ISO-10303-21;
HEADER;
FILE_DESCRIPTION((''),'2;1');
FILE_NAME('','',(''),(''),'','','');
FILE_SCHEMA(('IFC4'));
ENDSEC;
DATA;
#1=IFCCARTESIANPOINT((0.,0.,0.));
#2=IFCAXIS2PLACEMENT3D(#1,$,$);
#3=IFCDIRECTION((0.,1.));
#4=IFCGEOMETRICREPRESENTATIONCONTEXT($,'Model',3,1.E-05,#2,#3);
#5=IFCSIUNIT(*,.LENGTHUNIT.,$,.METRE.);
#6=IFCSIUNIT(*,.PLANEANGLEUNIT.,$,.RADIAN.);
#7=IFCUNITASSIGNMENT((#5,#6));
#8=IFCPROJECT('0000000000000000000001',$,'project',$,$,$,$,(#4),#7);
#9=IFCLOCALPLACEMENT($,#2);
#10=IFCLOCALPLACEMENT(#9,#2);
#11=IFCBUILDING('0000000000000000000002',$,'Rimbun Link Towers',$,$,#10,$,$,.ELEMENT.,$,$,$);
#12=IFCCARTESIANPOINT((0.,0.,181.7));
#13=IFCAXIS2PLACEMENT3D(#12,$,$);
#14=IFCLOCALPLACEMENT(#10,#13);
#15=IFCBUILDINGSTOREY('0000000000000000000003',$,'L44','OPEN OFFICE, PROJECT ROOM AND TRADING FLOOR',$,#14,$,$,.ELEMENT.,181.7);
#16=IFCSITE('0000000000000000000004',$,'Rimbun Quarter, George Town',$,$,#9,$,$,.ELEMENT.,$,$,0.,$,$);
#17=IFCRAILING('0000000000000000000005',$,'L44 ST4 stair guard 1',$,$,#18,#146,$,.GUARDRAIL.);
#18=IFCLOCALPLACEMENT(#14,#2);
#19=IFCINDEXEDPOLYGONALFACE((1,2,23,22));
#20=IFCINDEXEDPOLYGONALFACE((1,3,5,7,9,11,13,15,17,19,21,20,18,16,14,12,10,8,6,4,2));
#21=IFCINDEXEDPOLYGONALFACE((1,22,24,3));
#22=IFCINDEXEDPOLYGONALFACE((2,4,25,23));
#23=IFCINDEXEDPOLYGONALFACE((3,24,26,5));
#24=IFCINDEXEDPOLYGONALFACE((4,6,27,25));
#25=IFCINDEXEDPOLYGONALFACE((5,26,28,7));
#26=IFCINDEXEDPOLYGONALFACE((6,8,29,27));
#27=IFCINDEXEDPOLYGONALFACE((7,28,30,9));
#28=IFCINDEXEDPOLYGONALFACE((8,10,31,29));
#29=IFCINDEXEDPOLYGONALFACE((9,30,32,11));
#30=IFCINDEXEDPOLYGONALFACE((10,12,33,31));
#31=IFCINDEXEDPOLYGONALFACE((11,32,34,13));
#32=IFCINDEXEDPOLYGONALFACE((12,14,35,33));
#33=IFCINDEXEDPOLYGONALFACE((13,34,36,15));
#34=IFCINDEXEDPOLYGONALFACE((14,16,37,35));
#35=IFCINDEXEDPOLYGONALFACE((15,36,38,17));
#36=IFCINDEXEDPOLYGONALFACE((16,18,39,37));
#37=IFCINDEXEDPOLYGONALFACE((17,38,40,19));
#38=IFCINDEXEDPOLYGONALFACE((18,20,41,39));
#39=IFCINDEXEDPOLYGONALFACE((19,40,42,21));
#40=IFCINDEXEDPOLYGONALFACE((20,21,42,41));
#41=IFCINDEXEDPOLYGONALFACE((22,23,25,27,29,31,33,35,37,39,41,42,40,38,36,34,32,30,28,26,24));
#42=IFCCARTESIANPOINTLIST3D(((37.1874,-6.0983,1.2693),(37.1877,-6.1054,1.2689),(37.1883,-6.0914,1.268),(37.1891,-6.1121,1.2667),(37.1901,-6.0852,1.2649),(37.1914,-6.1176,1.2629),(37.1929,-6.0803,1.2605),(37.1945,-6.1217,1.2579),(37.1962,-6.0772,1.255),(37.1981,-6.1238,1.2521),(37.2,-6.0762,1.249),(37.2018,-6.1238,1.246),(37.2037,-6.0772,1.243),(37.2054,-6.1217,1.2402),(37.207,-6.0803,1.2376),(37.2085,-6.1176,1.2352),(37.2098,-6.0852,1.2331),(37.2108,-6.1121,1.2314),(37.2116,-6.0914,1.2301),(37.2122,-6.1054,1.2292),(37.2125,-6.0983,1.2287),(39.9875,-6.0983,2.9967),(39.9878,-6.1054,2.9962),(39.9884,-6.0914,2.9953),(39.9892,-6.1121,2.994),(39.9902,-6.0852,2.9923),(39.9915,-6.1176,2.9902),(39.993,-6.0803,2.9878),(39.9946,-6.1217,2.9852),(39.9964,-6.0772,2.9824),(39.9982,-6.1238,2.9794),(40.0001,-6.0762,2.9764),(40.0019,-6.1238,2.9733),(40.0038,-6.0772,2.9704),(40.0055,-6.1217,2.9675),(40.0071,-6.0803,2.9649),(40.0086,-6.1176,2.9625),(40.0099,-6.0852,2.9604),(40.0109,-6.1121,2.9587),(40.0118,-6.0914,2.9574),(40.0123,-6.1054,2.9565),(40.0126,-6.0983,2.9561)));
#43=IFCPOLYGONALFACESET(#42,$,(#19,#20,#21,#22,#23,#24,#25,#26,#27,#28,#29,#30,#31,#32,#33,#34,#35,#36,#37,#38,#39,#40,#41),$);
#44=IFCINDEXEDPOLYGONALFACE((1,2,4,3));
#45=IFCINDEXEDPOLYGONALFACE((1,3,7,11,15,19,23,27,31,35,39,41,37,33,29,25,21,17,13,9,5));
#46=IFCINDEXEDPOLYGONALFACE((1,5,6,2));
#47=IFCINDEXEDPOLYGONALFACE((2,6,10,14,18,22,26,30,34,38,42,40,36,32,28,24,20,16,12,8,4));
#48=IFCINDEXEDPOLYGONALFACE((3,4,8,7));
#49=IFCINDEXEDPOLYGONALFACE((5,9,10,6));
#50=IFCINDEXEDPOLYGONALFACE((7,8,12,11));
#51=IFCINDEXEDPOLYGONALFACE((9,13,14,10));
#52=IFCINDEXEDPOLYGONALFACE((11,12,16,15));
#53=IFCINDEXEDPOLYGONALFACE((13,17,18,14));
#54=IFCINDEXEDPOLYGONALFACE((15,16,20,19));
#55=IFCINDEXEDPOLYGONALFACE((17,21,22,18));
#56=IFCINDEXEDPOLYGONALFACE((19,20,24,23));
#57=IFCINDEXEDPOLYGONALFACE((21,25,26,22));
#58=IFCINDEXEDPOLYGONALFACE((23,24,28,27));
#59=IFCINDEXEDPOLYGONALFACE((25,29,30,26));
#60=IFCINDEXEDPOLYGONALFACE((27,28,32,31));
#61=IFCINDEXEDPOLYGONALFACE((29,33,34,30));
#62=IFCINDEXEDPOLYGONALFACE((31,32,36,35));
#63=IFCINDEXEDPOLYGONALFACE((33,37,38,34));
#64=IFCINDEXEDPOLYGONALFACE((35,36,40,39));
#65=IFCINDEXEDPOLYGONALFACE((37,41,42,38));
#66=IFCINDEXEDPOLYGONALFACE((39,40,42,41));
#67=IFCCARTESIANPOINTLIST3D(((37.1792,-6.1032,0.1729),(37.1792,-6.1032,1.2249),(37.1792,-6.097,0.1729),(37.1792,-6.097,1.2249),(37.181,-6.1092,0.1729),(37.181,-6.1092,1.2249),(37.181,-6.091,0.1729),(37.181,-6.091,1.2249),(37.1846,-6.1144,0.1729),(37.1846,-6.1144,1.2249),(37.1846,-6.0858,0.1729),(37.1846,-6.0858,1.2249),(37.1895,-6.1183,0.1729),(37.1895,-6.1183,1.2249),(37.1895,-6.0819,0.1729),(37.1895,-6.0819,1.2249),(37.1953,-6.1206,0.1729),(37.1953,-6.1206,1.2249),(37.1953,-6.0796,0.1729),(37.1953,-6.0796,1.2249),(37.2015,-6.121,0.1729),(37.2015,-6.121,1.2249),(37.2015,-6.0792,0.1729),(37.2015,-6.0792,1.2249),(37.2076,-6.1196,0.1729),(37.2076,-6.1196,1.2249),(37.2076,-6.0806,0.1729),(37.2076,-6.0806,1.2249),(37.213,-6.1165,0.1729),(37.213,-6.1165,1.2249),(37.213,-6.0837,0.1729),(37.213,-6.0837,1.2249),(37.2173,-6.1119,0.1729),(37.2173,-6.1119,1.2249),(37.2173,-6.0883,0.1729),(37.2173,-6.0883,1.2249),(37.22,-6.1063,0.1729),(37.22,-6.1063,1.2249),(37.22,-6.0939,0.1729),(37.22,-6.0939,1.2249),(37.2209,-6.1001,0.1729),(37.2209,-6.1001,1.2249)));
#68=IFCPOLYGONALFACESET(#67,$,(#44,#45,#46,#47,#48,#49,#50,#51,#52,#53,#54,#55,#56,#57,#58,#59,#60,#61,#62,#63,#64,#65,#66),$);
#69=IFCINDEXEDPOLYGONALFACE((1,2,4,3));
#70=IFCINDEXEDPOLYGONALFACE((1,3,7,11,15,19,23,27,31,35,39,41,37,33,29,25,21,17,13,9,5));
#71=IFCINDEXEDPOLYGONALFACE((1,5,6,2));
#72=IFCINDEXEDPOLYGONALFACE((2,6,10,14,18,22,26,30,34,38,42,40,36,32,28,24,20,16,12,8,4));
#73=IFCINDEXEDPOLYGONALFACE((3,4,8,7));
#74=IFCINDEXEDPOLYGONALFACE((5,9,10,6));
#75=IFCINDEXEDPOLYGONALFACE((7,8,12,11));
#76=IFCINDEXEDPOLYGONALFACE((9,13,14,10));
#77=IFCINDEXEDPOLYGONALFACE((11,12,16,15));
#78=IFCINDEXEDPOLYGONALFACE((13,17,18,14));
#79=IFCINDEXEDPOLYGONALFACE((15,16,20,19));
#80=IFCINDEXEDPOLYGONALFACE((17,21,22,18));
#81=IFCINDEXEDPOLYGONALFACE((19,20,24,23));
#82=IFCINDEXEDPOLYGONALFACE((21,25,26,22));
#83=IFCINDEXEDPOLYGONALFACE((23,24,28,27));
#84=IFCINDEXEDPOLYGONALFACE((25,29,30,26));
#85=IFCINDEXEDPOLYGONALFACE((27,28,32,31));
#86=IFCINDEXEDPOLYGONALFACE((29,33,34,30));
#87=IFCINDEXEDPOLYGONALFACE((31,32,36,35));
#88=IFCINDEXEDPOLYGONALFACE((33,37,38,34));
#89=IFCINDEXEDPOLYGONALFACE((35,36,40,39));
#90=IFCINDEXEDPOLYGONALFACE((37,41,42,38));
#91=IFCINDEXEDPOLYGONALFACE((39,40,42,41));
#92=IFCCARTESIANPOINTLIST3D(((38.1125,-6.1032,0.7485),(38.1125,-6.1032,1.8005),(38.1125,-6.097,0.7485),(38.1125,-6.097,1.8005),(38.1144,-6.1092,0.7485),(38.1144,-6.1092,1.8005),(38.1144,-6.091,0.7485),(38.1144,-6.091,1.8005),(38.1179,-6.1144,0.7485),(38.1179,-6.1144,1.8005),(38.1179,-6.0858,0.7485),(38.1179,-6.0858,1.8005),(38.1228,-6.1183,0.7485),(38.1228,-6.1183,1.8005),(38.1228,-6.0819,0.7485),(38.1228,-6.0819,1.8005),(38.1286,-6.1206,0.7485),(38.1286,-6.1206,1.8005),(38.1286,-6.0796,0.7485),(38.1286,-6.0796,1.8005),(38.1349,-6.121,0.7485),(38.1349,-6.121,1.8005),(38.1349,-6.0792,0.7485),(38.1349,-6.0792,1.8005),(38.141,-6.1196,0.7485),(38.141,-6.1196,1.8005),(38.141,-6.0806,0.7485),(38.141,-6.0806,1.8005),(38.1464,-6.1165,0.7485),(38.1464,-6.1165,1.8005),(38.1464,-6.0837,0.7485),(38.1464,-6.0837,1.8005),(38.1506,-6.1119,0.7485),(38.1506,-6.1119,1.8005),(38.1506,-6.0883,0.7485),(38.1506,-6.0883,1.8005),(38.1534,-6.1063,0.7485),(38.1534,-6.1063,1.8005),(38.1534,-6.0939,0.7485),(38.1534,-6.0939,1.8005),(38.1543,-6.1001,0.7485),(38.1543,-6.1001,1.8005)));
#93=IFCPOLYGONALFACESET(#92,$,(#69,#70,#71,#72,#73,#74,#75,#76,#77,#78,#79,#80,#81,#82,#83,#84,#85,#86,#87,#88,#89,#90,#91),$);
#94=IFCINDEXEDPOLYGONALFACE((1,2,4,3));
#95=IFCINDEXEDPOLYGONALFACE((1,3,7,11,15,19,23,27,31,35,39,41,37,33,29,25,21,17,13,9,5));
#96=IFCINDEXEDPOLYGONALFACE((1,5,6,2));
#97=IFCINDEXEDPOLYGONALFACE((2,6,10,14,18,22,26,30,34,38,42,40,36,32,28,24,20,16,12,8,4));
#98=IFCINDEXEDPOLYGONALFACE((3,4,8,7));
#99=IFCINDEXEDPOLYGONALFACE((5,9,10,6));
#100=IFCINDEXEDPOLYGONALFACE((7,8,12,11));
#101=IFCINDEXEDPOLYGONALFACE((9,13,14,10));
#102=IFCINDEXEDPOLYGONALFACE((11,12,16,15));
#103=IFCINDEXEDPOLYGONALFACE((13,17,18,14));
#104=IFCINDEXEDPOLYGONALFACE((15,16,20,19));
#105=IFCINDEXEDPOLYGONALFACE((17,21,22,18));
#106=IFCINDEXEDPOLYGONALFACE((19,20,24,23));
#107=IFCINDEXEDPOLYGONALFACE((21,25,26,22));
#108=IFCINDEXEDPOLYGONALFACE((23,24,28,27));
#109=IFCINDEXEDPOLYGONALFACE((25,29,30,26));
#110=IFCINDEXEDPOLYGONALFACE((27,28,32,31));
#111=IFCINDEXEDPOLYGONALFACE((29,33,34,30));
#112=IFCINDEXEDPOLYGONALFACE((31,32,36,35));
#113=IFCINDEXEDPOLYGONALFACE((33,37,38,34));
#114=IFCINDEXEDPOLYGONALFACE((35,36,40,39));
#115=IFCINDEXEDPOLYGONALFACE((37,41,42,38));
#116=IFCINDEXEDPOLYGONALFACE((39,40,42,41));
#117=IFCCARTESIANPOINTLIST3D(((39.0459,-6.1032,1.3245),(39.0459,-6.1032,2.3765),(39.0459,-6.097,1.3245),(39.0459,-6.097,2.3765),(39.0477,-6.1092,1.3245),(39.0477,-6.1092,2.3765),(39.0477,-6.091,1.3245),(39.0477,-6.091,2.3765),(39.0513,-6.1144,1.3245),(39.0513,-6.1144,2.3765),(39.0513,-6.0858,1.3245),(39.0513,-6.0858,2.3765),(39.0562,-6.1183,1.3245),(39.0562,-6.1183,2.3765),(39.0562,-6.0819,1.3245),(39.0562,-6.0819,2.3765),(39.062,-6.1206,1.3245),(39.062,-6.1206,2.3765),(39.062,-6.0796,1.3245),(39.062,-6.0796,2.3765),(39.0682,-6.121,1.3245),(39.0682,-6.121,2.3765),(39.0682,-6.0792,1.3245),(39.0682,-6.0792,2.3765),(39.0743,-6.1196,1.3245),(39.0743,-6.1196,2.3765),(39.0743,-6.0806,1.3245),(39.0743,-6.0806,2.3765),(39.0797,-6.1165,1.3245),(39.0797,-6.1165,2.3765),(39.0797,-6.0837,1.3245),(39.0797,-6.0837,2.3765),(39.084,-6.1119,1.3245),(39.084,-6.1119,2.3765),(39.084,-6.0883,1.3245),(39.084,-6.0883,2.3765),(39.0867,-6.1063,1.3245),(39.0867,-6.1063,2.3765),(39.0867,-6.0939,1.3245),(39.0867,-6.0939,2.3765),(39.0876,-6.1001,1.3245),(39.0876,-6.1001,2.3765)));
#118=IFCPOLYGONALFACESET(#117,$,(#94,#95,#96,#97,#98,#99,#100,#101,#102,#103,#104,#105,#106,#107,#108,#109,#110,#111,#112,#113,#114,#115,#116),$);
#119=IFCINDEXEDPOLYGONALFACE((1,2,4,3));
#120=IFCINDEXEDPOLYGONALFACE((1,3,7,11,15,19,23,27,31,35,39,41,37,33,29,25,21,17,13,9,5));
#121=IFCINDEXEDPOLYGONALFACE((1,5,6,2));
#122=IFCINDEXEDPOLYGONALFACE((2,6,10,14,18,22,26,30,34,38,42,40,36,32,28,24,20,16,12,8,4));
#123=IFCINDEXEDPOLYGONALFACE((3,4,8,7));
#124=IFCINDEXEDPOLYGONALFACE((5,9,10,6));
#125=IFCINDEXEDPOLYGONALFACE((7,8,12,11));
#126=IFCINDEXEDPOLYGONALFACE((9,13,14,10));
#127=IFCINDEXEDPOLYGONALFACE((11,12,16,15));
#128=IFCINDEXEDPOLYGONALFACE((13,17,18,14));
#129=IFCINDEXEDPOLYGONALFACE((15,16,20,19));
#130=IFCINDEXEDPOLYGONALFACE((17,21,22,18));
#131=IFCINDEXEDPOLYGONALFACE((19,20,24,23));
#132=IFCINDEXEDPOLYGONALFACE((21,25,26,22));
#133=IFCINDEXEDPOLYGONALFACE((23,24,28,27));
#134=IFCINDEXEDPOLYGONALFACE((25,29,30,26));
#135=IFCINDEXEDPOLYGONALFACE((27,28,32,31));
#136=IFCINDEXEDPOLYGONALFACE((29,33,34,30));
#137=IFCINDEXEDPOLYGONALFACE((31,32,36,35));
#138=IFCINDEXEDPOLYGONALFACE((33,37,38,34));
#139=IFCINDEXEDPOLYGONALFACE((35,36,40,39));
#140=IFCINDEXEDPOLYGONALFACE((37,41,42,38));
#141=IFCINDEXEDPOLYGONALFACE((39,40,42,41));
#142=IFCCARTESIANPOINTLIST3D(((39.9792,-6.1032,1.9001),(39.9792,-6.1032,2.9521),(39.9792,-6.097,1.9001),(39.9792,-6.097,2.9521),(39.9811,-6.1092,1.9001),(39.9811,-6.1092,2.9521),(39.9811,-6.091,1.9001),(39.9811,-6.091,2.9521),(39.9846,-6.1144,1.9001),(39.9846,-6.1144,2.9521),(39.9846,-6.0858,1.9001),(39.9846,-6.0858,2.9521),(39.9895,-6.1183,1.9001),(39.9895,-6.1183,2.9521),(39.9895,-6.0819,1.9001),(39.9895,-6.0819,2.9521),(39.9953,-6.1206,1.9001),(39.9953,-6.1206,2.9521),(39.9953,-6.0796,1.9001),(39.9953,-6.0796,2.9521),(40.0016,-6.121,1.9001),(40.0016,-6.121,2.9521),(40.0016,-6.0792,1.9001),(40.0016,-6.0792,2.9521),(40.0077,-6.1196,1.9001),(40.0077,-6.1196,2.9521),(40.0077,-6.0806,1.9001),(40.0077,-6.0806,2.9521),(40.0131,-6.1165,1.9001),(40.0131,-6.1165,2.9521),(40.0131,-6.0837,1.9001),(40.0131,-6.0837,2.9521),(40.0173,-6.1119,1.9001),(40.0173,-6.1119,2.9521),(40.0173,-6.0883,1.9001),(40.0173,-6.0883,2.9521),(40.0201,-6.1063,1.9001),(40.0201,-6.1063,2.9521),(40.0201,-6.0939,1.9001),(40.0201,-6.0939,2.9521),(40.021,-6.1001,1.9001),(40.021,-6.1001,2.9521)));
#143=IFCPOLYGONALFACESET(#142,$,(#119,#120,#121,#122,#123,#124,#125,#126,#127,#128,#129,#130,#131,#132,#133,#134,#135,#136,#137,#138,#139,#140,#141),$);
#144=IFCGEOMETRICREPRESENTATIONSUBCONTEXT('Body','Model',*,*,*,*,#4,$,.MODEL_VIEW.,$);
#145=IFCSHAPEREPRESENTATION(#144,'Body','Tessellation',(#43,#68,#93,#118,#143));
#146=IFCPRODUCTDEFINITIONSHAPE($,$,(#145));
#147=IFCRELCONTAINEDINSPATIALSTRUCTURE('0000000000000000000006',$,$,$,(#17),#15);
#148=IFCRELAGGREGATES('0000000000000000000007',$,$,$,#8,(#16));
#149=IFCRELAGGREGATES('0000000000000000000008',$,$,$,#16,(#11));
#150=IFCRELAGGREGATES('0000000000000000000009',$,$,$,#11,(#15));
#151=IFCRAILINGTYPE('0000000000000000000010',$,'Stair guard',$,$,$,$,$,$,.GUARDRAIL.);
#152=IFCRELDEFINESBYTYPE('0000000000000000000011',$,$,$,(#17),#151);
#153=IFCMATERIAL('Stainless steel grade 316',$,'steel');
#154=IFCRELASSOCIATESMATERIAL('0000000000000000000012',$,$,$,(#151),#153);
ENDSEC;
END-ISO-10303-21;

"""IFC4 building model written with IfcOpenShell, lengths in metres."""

from ifc_helpers import new_model, si_unit, direction, frame, origin, origin_2d, place, context, subcontext, project, spatial, circle, extrude, material, type_object, element, save


model = new_model("IFC4")

# Units and contexts
model_context = context("Model", 3, precision=1e-05, world=origin(), true_north=direction((0.0, 1.0)))
body_context = subcontext(model_context, "Body", "Model", "MODEL_VIEW")
ifc_project = project(units=[si_unit("LENGTHUNIT", "METRE"), si_unit("PLANEANGLEUNIT", "RADIAN")], contexts=[model_context])

# Site, building, storey
site_placement = place(None, origin())
site = spatial("IfcSite", under=ifc_project, at=site_placement, Name="Rimbun Quarter, George Town", CompositionType="ELEMENT", RefElevation=0.0)
building_placement = place(site_placement, origin())
building = spatial("IfcBuilding", under=site, at=building_placement, Name="Rimbun Link Towers", CompositionType="ELEMENT")
storey_placement = place(building_placement, frame((0.0, 0.0, 181.7)))
storey = spatial("IfcBuildingStorey", under=building, at=storey_placement, Name="L44", Description="OPEN OFFICE, PROJECT ROOM AND TRADING FLOOR", CompositionType="ELEMENT", Elevation=181.7)

# Railing
ifc_material_1 = material(Name="Stainless steel grade 316", Category="steel")
railing_type_1 = type_object("IfcRailingType", Name="Stair guard", PredefinedType="GUARDRAIL", material=ifc_material_1)
railing_1_placement = place(storey_placement, frame((37.2, -6.1001, 0.1729)))
element("IfcRailing", 1, at=railing_1_placement, inside=storey, type_object=railing_type_1, Name="L44 ST4 stair guard 1", PredefinedType="GUARDRAIL", context=body_context, shape_type="SweptSolid", body=[
    extrude(circle(Radius=0.0239, at=origin_2d()), frame((0.0, 0.0, 1.0762), z_axis=(0.85109, 0.0, 0.52502), x_axis=(0.0, 1.0, 0.0)), (0.0, 0.0, 1.0), 3.29),
    extrude(circle(Radius=0.021, at=origin_2d()), origin(), (0.0, 0.0, 1.0), 1.052),
    extrude(circle(Radius=0.021, at=origin_2d()), frame((0.9333, 0.0, 0.5757)), (0.0, 0.0, 1.0), 1.052),
    extrude(circle(Radius=0.021, at=origin_2d()), frame((1.8667, 0.0, 1.1516)), (0.0, 0.0, 1.0), 1.052),
    extrude(circle(Radius=0.021, at=origin_2d()), frame((2.8, 0.0, 1.7273)), (0.0, 0.0, 1.0), 1.052),
])

save(model, "model.ifc")
